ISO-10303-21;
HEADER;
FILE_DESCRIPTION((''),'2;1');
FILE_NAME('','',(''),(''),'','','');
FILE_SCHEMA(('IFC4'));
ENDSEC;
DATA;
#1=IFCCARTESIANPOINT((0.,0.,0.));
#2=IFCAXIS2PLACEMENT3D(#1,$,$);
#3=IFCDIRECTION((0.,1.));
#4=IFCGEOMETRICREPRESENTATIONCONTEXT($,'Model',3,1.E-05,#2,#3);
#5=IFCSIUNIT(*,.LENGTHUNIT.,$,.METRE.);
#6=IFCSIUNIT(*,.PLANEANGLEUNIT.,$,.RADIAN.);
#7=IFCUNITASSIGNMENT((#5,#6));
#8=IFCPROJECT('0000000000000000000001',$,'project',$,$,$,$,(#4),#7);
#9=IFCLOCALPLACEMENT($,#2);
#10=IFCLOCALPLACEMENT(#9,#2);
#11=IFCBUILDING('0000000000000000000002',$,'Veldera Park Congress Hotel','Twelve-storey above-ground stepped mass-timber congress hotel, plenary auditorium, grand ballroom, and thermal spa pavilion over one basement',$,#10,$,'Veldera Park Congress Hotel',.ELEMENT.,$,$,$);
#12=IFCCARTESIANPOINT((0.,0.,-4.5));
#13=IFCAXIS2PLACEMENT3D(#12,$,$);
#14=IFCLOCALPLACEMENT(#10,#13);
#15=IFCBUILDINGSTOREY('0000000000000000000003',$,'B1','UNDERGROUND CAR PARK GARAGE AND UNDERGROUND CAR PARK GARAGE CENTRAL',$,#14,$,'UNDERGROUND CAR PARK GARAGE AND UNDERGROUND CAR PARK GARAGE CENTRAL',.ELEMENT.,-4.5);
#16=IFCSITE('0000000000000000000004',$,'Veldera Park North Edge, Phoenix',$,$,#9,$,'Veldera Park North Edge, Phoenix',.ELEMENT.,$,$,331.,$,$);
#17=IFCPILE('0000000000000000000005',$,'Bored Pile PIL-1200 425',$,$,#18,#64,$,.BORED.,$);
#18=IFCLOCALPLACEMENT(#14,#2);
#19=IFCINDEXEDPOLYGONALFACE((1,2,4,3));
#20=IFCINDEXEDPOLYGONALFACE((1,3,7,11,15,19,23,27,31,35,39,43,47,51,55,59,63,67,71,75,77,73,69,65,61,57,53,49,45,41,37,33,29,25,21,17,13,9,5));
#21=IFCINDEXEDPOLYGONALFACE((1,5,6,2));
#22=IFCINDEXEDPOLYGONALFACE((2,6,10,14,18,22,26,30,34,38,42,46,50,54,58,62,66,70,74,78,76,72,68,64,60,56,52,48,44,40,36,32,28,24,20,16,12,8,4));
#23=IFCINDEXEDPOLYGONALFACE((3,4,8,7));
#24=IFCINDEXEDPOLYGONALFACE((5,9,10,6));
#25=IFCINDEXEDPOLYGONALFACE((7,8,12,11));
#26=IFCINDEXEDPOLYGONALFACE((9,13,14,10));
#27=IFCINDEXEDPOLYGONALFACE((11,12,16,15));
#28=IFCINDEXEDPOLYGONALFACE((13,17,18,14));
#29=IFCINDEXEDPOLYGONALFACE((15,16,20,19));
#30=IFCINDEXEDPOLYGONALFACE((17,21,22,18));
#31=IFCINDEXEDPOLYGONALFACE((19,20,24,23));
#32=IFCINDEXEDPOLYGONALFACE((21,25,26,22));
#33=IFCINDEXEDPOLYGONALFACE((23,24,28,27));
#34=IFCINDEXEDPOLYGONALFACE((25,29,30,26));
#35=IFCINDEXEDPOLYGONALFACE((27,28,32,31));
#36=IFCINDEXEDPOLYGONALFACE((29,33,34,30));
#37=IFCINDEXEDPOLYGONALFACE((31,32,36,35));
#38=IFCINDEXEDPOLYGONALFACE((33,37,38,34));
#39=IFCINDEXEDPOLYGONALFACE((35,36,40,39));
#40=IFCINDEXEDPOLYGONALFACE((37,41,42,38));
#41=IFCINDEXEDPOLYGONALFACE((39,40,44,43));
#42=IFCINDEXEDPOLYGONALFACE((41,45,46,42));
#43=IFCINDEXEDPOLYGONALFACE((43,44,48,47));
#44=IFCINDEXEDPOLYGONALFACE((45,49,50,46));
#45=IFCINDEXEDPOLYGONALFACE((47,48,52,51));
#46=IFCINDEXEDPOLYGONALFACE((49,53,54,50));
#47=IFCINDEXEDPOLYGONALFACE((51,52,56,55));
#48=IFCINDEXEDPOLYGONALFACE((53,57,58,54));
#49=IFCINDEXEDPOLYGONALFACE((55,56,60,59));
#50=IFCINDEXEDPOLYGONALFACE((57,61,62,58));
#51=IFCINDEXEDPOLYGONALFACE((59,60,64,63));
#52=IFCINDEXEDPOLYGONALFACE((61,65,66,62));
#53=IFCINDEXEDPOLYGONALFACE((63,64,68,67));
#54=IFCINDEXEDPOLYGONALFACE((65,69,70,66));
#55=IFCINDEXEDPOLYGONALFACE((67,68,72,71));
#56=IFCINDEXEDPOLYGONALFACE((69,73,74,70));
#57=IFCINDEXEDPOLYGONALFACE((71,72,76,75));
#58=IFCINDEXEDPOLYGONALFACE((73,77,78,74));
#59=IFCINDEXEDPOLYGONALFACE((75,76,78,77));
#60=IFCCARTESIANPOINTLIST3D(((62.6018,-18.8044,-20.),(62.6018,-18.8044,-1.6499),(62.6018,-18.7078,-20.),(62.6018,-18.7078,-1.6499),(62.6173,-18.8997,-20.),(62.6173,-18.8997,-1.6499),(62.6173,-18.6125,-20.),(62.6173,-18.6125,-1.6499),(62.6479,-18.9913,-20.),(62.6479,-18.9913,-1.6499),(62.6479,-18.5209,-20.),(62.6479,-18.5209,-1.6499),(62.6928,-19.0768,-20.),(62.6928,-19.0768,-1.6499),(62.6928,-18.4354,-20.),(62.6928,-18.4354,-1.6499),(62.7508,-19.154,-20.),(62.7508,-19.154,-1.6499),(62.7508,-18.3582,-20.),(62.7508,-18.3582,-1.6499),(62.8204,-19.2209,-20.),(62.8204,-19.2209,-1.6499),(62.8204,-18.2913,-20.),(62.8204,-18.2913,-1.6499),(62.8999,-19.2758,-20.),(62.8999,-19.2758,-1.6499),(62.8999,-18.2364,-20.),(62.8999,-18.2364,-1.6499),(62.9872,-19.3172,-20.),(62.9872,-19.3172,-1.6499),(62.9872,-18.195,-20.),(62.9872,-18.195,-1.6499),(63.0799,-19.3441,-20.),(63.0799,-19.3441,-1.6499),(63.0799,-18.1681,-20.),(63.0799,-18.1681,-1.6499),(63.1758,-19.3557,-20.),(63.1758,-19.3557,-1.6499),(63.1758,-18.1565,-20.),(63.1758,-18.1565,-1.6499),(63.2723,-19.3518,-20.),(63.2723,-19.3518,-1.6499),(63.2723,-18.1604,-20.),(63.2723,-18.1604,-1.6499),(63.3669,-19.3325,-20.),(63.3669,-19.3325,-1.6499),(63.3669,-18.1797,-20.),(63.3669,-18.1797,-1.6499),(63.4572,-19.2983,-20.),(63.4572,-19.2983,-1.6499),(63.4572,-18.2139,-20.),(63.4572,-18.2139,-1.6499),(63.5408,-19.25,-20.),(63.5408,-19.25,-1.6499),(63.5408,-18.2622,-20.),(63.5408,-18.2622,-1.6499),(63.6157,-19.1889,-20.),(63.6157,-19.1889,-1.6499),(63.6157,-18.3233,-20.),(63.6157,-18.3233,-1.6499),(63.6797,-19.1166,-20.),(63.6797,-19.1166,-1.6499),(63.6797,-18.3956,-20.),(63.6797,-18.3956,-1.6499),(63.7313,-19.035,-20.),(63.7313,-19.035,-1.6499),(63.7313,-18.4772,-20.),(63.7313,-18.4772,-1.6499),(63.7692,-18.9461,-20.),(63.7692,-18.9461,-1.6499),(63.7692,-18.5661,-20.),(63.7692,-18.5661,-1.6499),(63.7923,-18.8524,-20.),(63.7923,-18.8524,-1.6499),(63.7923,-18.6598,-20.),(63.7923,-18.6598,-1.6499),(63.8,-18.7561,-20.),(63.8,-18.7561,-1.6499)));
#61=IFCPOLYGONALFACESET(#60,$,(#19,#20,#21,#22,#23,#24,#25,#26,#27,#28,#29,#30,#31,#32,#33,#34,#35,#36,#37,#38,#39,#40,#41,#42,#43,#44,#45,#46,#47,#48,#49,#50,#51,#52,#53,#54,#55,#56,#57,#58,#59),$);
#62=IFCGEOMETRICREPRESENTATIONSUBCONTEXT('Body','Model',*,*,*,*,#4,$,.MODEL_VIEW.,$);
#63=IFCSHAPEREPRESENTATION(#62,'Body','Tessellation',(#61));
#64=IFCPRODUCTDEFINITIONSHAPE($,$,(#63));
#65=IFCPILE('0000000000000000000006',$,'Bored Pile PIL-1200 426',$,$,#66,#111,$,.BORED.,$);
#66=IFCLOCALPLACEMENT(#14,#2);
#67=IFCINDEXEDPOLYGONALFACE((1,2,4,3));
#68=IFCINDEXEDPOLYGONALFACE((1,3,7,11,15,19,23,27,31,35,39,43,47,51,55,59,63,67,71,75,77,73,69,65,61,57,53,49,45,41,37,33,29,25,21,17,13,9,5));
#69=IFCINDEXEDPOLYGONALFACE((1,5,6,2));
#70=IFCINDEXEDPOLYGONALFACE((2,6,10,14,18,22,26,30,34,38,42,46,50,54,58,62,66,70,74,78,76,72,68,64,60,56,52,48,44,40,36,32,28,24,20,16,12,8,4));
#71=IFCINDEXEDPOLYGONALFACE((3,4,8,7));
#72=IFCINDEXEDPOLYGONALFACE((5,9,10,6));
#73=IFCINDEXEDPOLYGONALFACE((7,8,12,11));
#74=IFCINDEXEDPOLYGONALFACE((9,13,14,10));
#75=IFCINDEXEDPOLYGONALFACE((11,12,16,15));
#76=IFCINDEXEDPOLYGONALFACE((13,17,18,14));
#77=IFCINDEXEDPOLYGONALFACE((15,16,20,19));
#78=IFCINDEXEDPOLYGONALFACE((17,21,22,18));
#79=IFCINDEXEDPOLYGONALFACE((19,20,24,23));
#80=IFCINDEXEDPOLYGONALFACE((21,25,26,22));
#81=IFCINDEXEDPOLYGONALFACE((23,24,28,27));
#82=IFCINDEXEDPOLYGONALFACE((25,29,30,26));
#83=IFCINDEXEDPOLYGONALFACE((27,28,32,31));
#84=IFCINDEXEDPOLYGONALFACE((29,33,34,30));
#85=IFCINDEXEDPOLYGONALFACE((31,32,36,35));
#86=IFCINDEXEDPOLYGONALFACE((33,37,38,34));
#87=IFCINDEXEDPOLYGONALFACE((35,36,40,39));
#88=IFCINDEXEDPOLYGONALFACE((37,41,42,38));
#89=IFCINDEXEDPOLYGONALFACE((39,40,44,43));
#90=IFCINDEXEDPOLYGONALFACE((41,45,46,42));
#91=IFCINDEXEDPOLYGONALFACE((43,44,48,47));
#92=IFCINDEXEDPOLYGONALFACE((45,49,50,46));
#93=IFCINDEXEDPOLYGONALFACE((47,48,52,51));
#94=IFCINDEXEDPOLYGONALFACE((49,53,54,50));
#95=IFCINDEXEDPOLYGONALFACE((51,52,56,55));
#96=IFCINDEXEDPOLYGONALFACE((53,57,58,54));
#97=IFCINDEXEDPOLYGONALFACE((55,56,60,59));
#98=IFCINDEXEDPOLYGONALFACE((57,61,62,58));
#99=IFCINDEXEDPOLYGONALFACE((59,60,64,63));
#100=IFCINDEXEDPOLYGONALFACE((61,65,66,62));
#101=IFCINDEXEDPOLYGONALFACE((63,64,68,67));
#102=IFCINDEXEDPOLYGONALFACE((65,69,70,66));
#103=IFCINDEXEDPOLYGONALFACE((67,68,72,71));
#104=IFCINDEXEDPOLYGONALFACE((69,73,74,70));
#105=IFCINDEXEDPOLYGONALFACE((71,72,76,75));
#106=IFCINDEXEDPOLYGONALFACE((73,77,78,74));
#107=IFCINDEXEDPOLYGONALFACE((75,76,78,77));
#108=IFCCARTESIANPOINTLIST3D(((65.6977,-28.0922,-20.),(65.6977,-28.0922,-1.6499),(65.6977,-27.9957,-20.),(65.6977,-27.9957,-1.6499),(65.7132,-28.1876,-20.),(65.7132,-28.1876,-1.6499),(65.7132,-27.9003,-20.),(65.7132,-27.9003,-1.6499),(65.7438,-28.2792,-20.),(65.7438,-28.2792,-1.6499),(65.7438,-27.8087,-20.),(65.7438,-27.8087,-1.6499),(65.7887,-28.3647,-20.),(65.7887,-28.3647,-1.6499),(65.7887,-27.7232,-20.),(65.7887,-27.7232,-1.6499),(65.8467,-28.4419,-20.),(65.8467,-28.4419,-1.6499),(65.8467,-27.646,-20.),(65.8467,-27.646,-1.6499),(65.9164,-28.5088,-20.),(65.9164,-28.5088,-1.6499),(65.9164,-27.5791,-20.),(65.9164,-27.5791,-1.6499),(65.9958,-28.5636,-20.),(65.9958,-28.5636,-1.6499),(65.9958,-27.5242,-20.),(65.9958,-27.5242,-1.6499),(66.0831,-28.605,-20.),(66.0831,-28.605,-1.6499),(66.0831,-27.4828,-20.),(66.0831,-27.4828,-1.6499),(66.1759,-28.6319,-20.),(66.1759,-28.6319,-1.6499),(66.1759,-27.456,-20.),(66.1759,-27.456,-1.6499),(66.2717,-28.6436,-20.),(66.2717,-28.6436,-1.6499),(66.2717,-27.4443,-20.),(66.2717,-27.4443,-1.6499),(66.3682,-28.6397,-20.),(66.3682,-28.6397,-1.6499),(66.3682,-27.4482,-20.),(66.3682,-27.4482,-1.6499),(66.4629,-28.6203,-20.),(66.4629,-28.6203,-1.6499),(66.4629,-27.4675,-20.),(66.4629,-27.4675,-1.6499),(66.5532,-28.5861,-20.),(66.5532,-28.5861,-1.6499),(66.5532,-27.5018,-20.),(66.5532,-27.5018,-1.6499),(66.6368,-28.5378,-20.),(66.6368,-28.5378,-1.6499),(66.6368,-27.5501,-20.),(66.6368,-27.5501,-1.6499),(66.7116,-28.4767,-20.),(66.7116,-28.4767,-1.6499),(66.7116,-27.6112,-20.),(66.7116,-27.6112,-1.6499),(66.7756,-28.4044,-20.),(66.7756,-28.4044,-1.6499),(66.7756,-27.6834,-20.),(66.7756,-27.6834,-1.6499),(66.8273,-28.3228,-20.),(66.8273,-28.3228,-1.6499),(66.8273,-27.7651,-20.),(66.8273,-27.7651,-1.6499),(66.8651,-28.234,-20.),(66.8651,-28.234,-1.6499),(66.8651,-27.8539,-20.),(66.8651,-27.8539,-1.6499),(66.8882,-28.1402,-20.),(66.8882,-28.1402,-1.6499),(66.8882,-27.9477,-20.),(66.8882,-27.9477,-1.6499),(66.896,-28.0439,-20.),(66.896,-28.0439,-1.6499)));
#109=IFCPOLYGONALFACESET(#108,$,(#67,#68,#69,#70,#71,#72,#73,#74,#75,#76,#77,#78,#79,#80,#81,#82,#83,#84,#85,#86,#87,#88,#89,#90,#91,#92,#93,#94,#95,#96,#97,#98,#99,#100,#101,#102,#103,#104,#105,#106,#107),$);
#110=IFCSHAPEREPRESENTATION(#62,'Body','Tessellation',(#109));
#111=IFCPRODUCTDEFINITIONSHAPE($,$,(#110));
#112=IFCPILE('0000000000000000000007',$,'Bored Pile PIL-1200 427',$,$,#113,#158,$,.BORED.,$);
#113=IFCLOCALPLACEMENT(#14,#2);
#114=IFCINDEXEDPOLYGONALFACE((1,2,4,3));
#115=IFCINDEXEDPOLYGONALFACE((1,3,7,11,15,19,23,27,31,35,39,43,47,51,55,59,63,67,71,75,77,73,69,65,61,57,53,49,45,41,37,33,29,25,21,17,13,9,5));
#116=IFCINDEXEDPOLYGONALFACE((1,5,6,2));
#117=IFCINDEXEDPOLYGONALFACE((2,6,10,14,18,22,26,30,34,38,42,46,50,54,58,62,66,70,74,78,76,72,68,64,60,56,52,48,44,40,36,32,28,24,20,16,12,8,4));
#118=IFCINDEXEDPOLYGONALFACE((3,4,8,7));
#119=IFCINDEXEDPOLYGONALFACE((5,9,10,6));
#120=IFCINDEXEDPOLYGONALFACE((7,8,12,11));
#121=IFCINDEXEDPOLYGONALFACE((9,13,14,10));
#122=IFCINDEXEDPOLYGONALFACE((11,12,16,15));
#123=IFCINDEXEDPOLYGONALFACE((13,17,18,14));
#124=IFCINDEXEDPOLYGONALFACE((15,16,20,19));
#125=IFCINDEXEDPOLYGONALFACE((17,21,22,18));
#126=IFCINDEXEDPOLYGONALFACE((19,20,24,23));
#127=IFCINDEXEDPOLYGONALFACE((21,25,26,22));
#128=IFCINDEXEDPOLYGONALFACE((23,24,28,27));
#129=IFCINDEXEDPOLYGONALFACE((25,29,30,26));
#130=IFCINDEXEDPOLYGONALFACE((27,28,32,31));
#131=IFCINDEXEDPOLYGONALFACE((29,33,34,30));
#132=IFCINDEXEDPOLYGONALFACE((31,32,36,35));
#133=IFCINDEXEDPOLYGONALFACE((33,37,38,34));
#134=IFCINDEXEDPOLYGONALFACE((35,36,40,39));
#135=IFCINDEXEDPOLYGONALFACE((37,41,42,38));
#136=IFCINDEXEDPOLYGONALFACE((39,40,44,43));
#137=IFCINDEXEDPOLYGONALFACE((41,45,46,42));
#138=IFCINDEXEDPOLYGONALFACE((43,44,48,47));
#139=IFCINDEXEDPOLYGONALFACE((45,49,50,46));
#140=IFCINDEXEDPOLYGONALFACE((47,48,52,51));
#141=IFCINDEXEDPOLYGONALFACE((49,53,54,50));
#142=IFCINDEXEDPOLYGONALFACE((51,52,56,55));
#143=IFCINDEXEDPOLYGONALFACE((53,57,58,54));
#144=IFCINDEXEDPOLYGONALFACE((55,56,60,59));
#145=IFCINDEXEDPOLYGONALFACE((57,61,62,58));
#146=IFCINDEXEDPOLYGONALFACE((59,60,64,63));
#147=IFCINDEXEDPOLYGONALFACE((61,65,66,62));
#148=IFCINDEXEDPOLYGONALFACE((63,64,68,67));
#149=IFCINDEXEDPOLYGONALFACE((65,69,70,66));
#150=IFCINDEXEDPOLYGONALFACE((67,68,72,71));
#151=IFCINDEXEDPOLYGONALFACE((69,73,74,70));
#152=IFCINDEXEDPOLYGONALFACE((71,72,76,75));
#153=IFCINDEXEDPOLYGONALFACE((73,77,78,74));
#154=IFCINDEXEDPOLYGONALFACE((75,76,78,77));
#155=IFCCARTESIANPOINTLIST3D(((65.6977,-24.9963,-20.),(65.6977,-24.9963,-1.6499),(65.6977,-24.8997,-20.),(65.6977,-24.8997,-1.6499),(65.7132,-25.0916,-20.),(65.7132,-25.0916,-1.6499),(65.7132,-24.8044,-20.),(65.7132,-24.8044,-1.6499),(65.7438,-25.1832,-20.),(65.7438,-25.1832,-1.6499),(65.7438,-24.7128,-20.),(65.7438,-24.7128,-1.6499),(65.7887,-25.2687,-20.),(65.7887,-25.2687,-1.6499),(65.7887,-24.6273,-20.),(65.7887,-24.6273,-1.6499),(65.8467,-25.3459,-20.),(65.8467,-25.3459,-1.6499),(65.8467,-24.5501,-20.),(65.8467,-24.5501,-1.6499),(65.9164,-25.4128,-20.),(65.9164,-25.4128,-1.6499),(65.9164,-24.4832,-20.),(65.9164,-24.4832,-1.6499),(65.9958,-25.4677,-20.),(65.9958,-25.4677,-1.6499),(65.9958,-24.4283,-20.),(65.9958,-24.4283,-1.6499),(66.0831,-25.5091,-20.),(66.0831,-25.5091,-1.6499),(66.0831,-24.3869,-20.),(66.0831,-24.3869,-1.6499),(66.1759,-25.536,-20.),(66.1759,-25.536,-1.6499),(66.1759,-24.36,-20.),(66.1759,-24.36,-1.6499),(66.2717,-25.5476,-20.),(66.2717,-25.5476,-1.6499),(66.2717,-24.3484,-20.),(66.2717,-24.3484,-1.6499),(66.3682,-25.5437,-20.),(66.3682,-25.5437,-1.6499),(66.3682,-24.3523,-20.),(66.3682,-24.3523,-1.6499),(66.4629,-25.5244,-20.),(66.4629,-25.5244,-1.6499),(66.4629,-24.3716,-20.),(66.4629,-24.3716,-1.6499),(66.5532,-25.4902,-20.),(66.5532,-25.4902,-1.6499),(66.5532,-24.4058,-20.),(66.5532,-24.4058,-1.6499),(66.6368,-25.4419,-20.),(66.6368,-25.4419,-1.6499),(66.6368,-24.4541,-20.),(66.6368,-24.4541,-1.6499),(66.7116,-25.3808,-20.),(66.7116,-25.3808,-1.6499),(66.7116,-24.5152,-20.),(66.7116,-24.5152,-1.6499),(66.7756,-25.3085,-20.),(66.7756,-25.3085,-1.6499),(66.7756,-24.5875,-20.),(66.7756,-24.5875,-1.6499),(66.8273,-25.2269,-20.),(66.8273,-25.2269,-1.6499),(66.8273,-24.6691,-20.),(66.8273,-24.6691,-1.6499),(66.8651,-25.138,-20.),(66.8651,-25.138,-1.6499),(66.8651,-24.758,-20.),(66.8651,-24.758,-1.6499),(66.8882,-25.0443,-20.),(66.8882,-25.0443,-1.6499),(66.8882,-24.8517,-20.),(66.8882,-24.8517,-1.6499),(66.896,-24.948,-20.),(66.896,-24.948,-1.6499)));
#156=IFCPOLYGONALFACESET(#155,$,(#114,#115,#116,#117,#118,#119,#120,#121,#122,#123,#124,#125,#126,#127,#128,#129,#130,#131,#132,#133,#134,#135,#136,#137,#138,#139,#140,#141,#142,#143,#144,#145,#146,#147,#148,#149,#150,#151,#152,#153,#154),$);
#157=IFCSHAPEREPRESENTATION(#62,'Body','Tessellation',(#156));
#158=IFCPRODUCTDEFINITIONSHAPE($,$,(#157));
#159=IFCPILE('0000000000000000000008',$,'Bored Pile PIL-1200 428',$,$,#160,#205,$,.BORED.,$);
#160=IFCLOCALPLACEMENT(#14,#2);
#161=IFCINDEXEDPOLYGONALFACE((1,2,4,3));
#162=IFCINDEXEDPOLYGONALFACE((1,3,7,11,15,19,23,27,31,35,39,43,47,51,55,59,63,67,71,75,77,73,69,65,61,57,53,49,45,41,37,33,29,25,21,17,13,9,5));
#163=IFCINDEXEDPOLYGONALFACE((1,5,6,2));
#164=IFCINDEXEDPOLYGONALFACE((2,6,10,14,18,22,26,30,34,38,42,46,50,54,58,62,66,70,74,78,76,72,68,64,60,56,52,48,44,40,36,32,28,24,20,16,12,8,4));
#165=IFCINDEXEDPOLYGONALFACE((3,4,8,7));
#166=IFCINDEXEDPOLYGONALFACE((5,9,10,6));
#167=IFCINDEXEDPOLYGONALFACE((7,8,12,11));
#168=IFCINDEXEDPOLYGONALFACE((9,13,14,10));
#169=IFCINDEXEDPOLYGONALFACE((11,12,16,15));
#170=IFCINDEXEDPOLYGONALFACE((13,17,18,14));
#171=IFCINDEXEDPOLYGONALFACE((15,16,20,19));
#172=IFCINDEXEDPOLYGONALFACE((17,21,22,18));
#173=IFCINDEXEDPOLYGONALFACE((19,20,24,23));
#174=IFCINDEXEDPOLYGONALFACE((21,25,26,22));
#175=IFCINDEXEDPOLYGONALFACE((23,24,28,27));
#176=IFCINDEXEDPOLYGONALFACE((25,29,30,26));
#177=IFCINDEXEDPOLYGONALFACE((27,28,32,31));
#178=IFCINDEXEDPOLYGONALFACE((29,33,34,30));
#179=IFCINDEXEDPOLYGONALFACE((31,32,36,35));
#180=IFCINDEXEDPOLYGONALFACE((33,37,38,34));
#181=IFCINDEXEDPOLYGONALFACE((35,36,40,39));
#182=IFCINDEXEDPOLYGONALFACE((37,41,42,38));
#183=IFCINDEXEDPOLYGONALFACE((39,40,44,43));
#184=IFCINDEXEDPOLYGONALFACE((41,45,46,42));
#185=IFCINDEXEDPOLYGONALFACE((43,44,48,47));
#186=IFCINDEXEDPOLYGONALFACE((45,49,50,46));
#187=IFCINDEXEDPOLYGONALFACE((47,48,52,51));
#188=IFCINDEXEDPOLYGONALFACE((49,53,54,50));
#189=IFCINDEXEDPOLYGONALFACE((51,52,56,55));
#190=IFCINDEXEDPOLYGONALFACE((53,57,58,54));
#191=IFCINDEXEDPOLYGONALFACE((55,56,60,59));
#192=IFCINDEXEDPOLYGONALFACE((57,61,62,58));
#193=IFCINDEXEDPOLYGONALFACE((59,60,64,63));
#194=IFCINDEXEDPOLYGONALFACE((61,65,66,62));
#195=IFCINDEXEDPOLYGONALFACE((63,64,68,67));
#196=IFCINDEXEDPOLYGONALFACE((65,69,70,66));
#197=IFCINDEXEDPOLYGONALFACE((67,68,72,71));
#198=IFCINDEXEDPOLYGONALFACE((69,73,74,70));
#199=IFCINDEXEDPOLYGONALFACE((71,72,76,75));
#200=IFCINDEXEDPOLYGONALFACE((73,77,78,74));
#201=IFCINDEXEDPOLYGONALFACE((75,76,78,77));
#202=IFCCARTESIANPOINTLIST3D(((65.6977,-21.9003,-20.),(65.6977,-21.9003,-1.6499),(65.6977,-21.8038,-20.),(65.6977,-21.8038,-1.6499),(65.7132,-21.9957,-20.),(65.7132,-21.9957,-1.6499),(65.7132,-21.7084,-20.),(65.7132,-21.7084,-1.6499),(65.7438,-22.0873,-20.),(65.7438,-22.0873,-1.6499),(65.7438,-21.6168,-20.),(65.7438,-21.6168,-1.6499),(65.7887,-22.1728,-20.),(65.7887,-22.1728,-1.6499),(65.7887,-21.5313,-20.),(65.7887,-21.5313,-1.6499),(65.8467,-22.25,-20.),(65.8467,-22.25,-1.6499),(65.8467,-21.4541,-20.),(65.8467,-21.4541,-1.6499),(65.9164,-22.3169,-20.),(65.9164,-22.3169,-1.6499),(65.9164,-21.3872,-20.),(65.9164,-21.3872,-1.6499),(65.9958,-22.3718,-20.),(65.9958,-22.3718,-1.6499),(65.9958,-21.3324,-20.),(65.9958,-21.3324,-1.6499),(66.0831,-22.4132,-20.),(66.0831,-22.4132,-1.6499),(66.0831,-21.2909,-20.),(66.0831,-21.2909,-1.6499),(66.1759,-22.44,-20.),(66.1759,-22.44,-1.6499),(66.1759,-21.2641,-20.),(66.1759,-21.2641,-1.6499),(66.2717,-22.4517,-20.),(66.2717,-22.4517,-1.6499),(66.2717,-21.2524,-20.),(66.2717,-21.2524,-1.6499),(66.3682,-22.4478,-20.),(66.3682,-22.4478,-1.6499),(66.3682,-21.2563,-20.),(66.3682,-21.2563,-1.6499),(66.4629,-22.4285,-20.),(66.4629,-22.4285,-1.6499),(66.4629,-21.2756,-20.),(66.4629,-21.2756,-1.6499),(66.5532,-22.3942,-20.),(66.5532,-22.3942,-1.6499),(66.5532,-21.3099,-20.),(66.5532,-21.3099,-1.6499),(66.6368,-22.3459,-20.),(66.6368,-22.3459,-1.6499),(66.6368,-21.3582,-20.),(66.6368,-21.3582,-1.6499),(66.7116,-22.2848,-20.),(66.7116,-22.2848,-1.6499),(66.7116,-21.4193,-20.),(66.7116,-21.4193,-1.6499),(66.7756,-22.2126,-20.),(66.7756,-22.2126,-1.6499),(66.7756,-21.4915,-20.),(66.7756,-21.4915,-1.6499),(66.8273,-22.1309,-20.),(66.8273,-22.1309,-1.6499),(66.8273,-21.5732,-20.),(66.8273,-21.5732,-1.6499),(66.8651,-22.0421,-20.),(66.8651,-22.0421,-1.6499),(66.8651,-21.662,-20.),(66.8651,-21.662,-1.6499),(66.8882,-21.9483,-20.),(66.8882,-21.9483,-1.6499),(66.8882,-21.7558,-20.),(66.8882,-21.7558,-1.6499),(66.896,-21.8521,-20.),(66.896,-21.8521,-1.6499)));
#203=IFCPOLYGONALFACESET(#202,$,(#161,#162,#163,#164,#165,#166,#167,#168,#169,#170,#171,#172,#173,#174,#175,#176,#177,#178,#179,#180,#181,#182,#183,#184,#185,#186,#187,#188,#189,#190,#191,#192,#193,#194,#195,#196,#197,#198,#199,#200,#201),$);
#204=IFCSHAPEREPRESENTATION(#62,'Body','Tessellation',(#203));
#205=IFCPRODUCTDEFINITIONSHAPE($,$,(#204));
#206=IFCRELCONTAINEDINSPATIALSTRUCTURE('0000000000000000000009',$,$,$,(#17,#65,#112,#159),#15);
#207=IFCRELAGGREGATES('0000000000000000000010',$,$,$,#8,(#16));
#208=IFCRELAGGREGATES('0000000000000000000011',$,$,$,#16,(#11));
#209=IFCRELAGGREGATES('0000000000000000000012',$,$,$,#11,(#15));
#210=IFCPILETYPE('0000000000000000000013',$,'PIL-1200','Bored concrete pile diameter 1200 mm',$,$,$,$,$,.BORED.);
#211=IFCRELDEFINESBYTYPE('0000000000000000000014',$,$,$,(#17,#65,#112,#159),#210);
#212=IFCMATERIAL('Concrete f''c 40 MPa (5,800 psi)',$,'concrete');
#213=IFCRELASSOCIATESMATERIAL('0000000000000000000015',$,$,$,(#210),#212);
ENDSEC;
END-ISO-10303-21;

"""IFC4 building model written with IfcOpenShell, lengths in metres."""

from ifc_helpers import new_model, si_unit, direction, frame, origin, origin_2d, place, context, subcontext, project, spatial, circle, extrude, material, material_profile, profile_set, type_object, element, save


model = new_model("IFC4")

# Units and contexts
model_context = context("Model", 3, precision=1e-05, world=origin(), true_north=direction((0.0, 1.0)))
body_context = subcontext(model_context, "Body", "Model", "MODEL_VIEW")
ifc_project = project(units=[si_unit("LENGTHUNIT", "METRE"), si_unit("PLANEANGLEUNIT", "RADIAN")], contexts=[model_context])

# Site, building, storey
site_placement = place(None, origin())
site = spatial("IfcSite", under=ifc_project, at=site_placement, Name="Veldera Park North Edge, Phoenix", LongName="Veldera Park North Edge, Phoenix", CompositionType="ELEMENT", RefElevation=331.0)
building_placement = place(site_placement, origin())
building = spatial("IfcBuilding", under=site, at=building_placement, Name="Veldera Park Congress Hotel", Description="Twelve-storey above-ground stepped mass-timber congress hotel, plenary auditorium, grand ballroom, and thermal spa pavilion over one basement", LongName="Veldera Park Congress Hotel", CompositionType="ELEMENT")
storey_placement = place(building_placement, frame((0.0, 0.0, -4.5)))
storey = spatial("IfcBuildingStorey", under=building, at=storey_placement, Name="B1", Description="UNDERGROUND CAR PARK GARAGE AND UNDERGROUND CAR PARK GARAGE CENTRAL", LongName="UNDERGROUND CAR PARK GARAGE AND UNDERGROUND CAR PARK GARAGE CENTRAL", CompositionType="ELEMENT", Elevation=-4.5)

# Shared definitions
ifc_material_1 = material(Name="Concrete f'c 40 MPa (5,800 psi)", Category="concrete")

# Piles
ifc_material_profile_1 = material_profile(ifc_material_1, circle(Radius=0.6001, at=origin_2d()), Name="PILE D1200")
ifc_profile_set_1 = profile_set([ifc_material_profile_1], Name="Concrete f'c 40 MPa (5,800 psi)")
pile_type_1 = type_object("IfcPileType", Name="PIL-1200", Description="Bored concrete pile diameter 1200 mm", PredefinedType="BORED", material=ifc_profile_set_1)
for number, where, z_axis, x_axis, name in (
    (1, (63.2, -18.7561, -1.6499), (0.0, 0.0, -1.0), (1.0, 0.0, 0.0), "Bored Pile PIL-1200 425"),
    (2, (66.2959, -28.0439, -1.6499), (0.0, 0.0, -1.0), (1.0, 0.0, 0.0), "Bored Pile PIL-1200 426"),
    (3, (66.2959, -24.948, -1.6499), (0.0, 0.0, -1.0), (1.0, 0.0, 0.0), "Bored Pile PIL-1200 427"),
    (4, (66.2959, -21.8521, -1.6499), (0.0, 0.0, -1.0), (1.0, 0.0, 0.0), "Bored Pile PIL-1200 428"),
):
    element("IfcPile", number, at=place(storey_placement, frame(where, z_axis=z_axis, x_axis=x_axis)), inside=storey, type_object=pile_type_1, Name=name, PredefinedType="BORED", context=body_context, shape_type="SweptSolid", body=[
        extrude(circle(Radius=0.6001, at=origin_2d()), origin(), (0.0, 0.0, 1.0), 18.3501),
    ])

save(model, "model.ifc")
